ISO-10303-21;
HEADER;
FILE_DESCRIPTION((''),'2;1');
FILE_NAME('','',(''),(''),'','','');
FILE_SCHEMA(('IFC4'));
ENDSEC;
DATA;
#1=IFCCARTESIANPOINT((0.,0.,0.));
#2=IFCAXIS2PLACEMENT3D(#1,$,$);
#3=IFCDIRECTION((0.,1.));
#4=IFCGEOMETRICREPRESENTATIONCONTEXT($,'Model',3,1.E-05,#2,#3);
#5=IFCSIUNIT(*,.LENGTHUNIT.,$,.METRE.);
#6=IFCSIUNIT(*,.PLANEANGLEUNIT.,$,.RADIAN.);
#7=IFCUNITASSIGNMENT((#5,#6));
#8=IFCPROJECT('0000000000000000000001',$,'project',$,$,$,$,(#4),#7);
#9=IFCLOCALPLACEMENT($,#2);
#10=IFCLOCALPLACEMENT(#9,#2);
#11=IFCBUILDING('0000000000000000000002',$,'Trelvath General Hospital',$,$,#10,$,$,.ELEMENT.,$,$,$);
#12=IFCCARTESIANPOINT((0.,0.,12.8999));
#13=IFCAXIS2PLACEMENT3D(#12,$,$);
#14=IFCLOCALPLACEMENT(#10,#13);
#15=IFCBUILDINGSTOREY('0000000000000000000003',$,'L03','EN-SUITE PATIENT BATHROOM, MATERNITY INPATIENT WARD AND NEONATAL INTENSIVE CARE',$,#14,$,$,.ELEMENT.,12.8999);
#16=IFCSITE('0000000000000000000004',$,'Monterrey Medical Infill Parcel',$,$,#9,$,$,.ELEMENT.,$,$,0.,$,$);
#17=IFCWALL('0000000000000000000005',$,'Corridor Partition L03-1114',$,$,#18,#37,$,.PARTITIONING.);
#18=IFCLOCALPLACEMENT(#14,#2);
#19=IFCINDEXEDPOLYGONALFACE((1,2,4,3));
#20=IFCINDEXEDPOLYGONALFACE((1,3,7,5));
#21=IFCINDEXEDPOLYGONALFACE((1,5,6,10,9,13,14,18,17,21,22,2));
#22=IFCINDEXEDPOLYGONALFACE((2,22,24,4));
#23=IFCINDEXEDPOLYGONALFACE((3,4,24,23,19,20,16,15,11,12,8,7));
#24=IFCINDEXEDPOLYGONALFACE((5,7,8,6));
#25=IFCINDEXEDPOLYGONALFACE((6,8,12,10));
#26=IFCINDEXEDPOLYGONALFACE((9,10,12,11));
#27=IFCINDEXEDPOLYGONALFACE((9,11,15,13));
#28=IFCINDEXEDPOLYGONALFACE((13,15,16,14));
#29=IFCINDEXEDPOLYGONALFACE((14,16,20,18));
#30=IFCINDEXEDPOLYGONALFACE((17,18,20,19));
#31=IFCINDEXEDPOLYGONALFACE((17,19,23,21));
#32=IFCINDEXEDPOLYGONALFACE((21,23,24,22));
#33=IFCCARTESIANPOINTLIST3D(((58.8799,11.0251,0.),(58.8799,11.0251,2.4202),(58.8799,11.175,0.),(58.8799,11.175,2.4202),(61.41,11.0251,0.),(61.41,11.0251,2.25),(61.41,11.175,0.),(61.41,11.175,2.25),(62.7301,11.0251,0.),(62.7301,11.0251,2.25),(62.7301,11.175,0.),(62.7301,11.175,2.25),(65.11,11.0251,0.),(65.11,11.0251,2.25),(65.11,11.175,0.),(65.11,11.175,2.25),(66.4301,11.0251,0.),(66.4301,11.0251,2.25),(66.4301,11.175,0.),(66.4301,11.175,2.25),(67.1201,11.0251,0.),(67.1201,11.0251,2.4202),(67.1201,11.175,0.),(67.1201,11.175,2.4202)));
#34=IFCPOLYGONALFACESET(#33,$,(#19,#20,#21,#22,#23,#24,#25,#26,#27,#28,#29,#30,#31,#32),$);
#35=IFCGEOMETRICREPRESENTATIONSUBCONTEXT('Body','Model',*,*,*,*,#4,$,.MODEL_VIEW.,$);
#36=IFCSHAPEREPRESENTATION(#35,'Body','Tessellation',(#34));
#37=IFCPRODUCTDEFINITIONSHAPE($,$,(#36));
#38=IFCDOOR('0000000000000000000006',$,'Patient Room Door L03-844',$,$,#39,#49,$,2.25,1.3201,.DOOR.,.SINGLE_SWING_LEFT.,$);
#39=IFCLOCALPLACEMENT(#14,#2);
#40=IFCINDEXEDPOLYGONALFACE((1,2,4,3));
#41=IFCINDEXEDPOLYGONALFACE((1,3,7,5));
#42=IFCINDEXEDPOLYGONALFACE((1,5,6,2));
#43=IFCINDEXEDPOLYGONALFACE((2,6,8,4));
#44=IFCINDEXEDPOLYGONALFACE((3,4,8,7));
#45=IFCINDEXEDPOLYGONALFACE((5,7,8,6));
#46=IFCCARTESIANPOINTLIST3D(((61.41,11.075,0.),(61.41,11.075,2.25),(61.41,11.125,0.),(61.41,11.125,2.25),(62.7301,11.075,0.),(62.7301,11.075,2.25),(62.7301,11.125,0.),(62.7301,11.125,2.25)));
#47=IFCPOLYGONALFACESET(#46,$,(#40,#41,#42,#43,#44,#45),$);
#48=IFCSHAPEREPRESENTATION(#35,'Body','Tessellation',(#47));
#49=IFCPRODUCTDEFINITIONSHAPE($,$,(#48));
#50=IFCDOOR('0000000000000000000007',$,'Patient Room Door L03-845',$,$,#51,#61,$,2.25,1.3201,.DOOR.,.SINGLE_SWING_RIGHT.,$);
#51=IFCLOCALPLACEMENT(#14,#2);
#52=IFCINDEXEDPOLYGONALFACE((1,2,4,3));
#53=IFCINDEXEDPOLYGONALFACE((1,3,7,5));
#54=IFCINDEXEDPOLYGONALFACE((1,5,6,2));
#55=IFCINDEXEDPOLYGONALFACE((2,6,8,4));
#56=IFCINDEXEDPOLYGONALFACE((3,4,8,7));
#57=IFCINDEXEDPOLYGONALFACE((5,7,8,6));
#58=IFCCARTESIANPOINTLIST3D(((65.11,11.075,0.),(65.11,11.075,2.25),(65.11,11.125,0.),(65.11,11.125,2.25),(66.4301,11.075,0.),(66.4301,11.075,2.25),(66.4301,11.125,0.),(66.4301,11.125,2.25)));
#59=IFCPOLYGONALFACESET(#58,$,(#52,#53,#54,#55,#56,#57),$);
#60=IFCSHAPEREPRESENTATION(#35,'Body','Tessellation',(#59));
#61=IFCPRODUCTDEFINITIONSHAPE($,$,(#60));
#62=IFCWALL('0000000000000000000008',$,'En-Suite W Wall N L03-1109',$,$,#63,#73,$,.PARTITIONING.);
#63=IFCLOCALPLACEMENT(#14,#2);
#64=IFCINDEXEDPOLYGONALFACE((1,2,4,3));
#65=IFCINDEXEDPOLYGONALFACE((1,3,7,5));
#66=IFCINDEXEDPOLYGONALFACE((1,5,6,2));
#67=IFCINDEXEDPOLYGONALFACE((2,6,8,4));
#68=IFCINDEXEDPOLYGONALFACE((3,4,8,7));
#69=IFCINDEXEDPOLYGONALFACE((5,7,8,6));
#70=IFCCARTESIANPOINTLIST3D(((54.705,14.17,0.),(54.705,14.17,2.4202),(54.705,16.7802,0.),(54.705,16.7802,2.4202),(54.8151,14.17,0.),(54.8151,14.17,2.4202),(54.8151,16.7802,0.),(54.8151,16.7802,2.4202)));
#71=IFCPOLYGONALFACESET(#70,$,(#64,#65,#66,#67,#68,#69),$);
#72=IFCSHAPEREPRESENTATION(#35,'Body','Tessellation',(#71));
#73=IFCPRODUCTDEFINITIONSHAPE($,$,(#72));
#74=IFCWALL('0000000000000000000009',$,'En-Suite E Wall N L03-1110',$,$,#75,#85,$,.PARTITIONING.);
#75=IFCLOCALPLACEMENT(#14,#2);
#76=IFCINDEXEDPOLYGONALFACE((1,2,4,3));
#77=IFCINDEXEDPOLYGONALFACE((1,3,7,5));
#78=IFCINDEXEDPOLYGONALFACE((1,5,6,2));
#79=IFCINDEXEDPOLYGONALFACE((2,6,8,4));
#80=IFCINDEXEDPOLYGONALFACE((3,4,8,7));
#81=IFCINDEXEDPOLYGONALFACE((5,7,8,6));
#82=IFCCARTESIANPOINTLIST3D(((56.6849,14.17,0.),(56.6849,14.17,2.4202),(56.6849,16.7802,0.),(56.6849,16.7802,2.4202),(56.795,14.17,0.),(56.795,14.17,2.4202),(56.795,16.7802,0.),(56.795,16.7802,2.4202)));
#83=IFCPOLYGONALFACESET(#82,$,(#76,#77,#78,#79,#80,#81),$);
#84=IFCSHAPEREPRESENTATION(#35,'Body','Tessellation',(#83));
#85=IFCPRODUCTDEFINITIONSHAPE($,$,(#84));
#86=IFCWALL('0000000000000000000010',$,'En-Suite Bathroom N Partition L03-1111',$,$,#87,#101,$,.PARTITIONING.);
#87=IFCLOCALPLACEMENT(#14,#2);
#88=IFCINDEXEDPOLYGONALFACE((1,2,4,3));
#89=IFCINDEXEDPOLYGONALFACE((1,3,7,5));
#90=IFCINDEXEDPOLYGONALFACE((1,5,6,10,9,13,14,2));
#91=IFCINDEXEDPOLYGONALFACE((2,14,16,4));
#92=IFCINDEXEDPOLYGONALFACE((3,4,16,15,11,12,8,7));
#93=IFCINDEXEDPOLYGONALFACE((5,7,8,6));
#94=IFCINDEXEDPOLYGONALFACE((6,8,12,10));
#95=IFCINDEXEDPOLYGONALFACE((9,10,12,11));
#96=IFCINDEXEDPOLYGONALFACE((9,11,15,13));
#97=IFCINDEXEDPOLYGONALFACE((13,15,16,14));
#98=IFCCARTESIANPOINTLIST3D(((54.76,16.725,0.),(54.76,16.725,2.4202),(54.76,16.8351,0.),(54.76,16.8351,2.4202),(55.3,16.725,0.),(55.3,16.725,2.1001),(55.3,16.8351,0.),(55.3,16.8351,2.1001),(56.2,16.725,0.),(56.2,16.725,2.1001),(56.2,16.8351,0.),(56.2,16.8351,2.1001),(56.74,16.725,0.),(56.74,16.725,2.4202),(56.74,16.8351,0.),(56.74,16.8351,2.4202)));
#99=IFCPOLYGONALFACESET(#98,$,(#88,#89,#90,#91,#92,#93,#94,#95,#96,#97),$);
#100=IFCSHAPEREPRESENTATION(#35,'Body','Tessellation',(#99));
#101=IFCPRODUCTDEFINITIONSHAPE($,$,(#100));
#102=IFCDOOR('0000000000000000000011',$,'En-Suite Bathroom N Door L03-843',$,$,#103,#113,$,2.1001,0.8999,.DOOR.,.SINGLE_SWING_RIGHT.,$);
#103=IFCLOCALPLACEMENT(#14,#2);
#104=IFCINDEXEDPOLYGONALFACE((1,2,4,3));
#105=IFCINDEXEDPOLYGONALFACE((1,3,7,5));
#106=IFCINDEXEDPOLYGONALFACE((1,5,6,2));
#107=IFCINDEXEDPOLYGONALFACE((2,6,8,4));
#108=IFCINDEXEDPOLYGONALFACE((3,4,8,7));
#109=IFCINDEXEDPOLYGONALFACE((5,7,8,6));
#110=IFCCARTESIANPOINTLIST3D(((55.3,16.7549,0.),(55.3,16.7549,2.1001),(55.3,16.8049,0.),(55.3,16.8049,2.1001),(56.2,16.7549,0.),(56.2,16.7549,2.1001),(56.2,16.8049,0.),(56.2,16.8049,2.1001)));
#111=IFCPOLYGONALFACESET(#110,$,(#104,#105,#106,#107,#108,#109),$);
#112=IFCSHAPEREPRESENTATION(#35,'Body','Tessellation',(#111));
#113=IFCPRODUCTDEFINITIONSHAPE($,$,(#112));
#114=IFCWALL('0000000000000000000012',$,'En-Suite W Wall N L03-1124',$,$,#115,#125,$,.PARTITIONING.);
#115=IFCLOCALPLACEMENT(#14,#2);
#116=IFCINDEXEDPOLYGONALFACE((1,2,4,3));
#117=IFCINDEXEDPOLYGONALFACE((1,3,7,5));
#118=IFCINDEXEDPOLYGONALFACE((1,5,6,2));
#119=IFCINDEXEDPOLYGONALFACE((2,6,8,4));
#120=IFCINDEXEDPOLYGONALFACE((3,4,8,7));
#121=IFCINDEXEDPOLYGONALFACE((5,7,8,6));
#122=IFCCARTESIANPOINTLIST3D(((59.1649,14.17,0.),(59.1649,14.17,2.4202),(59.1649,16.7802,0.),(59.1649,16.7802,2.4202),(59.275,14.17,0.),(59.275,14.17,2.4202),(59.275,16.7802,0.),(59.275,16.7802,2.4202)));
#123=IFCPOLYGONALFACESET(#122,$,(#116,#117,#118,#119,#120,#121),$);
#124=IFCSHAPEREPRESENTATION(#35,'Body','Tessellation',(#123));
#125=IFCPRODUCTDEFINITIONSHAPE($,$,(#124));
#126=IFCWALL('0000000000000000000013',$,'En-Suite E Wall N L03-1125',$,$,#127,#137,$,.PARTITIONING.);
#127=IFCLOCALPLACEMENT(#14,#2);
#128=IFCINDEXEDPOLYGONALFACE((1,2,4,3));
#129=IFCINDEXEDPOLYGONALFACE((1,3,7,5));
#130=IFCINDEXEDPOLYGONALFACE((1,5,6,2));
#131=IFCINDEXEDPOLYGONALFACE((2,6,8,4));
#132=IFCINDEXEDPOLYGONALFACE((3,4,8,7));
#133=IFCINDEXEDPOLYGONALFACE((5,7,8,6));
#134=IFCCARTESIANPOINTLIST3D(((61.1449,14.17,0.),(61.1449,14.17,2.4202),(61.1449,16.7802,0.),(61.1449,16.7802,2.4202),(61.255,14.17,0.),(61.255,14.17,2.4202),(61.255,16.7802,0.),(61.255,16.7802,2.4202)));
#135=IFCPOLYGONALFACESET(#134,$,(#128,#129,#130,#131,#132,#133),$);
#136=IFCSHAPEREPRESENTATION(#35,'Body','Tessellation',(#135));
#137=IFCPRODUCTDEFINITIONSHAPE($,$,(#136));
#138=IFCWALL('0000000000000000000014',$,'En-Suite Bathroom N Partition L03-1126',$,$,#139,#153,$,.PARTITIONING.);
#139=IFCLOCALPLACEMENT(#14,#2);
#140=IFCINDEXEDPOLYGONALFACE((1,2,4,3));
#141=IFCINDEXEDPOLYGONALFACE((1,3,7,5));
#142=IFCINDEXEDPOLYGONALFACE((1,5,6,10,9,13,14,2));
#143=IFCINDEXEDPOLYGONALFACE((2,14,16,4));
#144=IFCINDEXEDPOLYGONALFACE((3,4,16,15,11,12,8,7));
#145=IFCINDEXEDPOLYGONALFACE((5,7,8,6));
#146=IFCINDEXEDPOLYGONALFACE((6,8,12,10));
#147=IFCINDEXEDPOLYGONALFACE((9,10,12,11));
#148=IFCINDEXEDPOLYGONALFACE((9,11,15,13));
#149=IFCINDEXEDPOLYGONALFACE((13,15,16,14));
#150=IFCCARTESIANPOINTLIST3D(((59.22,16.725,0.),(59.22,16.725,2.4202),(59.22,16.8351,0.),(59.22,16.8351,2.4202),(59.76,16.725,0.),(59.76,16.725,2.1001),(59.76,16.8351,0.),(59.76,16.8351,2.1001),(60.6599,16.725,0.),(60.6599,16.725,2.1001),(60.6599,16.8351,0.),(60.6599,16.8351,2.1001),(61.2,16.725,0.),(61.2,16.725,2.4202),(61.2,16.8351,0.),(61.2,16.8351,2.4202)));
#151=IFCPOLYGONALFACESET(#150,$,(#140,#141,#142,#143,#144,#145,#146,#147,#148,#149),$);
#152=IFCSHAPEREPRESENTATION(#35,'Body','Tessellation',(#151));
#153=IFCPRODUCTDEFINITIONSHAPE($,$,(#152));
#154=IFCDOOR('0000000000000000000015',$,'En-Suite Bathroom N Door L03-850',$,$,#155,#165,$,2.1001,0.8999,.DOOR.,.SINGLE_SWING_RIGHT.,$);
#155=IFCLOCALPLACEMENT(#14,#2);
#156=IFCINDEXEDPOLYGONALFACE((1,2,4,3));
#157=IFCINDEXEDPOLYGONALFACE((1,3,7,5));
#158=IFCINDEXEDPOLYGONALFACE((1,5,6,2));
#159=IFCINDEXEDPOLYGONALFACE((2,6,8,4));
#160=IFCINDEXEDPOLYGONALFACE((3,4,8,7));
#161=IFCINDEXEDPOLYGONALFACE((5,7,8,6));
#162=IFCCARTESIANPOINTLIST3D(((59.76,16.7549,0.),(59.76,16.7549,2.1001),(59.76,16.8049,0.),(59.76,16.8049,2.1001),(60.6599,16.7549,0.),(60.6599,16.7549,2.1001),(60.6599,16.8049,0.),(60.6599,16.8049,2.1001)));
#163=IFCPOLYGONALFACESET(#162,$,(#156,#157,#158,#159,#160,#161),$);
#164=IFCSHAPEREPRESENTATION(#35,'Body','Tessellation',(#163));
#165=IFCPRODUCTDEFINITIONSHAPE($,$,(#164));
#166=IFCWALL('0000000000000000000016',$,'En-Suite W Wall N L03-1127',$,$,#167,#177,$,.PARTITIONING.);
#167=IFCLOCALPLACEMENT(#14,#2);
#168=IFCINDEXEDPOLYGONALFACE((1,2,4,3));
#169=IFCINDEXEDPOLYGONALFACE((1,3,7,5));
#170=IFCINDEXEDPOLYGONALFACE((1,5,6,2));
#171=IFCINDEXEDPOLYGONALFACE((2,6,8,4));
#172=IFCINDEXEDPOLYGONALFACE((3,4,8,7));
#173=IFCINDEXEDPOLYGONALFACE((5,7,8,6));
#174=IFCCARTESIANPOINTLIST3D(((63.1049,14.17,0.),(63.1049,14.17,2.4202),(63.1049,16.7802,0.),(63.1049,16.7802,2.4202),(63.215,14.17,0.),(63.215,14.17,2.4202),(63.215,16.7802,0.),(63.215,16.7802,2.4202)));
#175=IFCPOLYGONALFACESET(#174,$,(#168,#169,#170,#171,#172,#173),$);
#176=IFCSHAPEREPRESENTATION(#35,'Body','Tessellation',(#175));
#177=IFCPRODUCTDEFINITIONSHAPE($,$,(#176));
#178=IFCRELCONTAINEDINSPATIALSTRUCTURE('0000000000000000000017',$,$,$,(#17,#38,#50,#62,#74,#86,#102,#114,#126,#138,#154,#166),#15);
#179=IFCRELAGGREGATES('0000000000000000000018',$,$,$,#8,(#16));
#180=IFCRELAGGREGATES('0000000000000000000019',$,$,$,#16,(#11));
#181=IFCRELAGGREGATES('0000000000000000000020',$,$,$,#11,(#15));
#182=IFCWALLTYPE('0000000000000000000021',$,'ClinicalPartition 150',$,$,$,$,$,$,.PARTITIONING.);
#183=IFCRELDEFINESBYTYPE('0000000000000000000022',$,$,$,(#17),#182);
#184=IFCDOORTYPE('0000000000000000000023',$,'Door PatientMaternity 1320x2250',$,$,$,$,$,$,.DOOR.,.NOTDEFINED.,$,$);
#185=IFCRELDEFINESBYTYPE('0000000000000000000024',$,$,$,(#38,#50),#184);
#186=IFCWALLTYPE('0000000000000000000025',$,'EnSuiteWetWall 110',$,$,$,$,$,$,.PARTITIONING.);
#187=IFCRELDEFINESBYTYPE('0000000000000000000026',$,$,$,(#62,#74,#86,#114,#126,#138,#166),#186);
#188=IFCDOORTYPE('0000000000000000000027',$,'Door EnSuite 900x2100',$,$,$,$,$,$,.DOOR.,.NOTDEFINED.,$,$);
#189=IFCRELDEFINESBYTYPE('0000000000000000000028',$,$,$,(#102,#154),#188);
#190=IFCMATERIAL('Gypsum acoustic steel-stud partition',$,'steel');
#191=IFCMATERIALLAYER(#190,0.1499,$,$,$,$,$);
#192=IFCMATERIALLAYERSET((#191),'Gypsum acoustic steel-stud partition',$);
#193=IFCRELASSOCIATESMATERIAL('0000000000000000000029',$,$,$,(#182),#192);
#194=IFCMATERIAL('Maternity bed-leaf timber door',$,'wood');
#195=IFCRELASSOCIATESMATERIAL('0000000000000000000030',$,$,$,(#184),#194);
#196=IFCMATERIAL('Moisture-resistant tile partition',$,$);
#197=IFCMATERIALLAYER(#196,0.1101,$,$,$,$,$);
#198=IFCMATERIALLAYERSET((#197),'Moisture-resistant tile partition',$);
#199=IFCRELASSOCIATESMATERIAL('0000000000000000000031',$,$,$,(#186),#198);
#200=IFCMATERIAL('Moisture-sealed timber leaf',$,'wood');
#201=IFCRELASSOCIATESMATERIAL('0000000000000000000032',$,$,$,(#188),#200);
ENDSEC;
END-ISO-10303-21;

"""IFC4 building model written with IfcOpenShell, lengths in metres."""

from ifc_helpers import new_model, si_unit, direction, frame, frame_2d, origin, place, context, subcontext, project, spatial, rectangle, extrude, material, layer, layer_set, type_object, element, fill, save


model = new_model("IFC4")

# Units and contexts
model_context = context("Model", 3, precision=1e-05, world=origin(), true_north=direction((0.0, 1.0)))
body_context = subcontext(model_context, "Body", "Model", "MODEL_VIEW")
ifc_project = project(units=[si_unit("LENGTHUNIT", "METRE"), si_unit("PLANEANGLEUNIT", "RADIAN")], contexts=[model_context])

# Site, building, storey
site_placement = place(None, origin())
site = spatial("IfcSite", under=ifc_project, at=site_placement, Name="Monterrey Medical Infill Parcel", CompositionType="ELEMENT", RefElevation=0.0)
building_placement = place(site_placement, origin())
building = spatial("IfcBuilding", under=site, at=building_placement, Name="Trelvath General Hospital", CompositionType="ELEMENT")
storey_placement = place(building_placement, frame((0.0, 0.0, 12.8999)))
storey = spatial("IfcBuildingStorey", under=building, at=storey_placement, Name="L03", Description="EN-SUITE PATIENT BATHROOM, MATERNITY INPATIENT WARD AND NEONATAL INTENSIVE CARE", CompositionType="ELEMENT", Elevation=12.8999)

# Wall, openings, doors
ifc_material_1 = material(Name="Gypsum acoustic steel-stud partition", Category="steel")
ifc_layer_1 = layer(ifc_material_1, 0.1499)
ifc_layer_set_1 = layer_set([ifc_layer_1], Name="Gypsum acoustic steel-stud partition")
wall_type_1 = type_object("IfcWallType", Name="ClinicalPartition 150", PredefinedType="PARTITIONING", material=ifc_layer_set_1)
ifc_material_2 = material(Name="Maternity bed-leaf timber door", Category="wood")
door_type_1 = type_object("IfcDoorType", Name="Door PatientMaternity 1320x2250", OperationType="NOTDEFINED", PredefinedType="DOOR", material=ifc_material_2)
wall_1_placement = place(storey_placement, frame((58.8799, 11.1001, 0.0), z_axis=(0.0, 0.0, 1.0), x_axis=(1.0, 0.0, 0.0)))
wall_1 = element("IfcWall", 1, at=wall_1_placement, inside=storey, type_object=wall_type_1, Name="Corridor Partition L03-1114", PredefinedType="PARTITIONING", context=body_context, shape_type="SweptSolid", body=[
    extrude(rectangle(XDim=8.2402, YDim=0.1499, at=frame_2d((4.1201, 0.0))), origin(), (0.0, 0.0, 1.0), 2.4202),
])
opening_1_placement = place(wall_1_placement, frame((2.53, 0.0, 0.0)))
opening_1 = element("IfcOpeningElement", 2, at=opening_1_placement, cuts=wall_1, PredefinedType="OPENING", context=body_context, shape_type="SweptSolid", body=[
    extrude(rectangle(XDim=1.3201, YDim=2.25, at=frame_2d((0.6602, 1.125))), frame((0.0, 0.085, 0.0), z_axis=(0.0, -1.0, 0.0), x_axis=(1.0, 0.0, 0.0)), (0.0, 0.0, 1.0), 0.1699),
])
opening_2_placement = place(wall_1_placement, frame((6.23, 0.0, 0.0)))
opening_2 = element("IfcOpeningElement", 3, at=opening_2_placement, cuts=wall_1, PredefinedType="OPENING", context=body_context, shape_type="SweptSolid", body=[
    extrude(rectangle(XDim=1.3201, YDim=2.25, at=frame_2d((0.6602, 1.125))), frame((0.0, 0.085, 0.0), z_axis=(0.0, -1.0, 0.0), x_axis=(1.0, 0.0, 0.0)), (0.0, 0.0, 1.0), 0.1699),
])
door_1_placement = place(opening_1_placement, origin())
door_1 = element("IfcDoor", 4, at=door_1_placement, inside=storey, type_object=door_type_1, Name="Patient Room Door L03-844", OperationType="SINGLE_SWING_LEFT", OverallHeight=2.25, OverallWidth=1.3201, PredefinedType="DOOR", context=body_context, shape_type="SweptSolid", body=[
    extrude(rectangle(XDim=1.3201, YDim=2.25, at=frame_2d((0.6602, 1.125))), frame((0.0, 0.0249, 0.0), z_axis=(0.0, -1.0, 0.0), x_axis=(1.0, 0.0, 0.0)), (0.0, 0.0, 1.0), 0.05),
])
fill(opening_1, door_1)
door_2_placement = place(opening_2_placement, origin())
door_2 = element("IfcDoor", 5, at=door_2_placement, inside=storey, type_object=door_type_1, Name="Patient Room Door L03-845", OperationType="SINGLE_SWING_RIGHT", OverallHeight=2.25, OverallWidth=1.3201, PredefinedType="DOOR", context=body_context, shape_type="SweptSolid", body=[
    extrude(rectangle(XDim=1.3201, YDim=2.25, at=frame_2d((0.6602, 1.125))), frame((0.0, 0.0249, 0.0), z_axis=(0.0, -1.0, 0.0), x_axis=(1.0, 0.0, 0.0)), (0.0, 0.0, 1.0), 0.05),
])
fill(opening_2, door_2)

# Walls
ifc_material_3 = material(Name="Moisture-resistant tile partition")
ifc_layer_2 = layer(ifc_material_3, 0.1101)
ifc_layer_set_2 = layer_set([ifc_layer_2], Name="Moisture-resistant tile partition")
wall_type_2 = type_object("IfcWallType", Name="EnSuiteWetWall 110", PredefinedType="PARTITIONING", material=ifc_layer_set_2)
for number, where, z_axis, x_axis, name in (
    (6, (54.76, 14.1699, 0.0), (0.0, 0.0, 1.0), (0.0, 1.0, 0.0), "En-Suite W Wall N L03-1109"),
    (7, (56.74, 14.1699, 0.0), (0.0, 0.0, 1.0), (0.0, 1.0, 0.0), "En-Suite E Wall N L03-1110"),
):
    element("IfcWall", number, at=place(storey_placement, frame(where, z_axis=z_axis, x_axis=x_axis)), inside=storey, type_object=wall_type_2, Name=name, PredefinedType="PARTITIONING", context=body_context, shape_type="SweptSolid", body=[
        extrude(rectangle(XDim=2.6101, YDim=0.1101, at=frame_2d((1.3052, 0.0))), origin(), (0.0, 0.0, 1.0), 2.4202),
    ])

# Wall, opening, door
wall_2_placement = place(storey_placement, frame((54.76, 16.78, 0.0), z_axis=(0.0, 0.0, 1.0), x_axis=(1.0, 0.0, 0.0)))
wall_2 = element("IfcWall", 8, at=wall_2_placement, inside=storey, type_object=wall_type_2, Name="En-Suite Bathroom N Partition L03-1111", PredefinedType="PARTITIONING", context=body_context, shape_type="SweptSolid", body=[
    extrude(rectangle(XDim=1.98, YDim=0.1101, at=frame_2d((0.99, 0.0))), origin(), (0.0, 0.0, 1.0), 2.4202),
])
opening_3_placement = place(wall_2_placement, frame((0.54, 0.0, 0.0)))
opening_3 = element("IfcOpeningElement", 9, at=opening_3_placement, cuts=wall_2, PredefinedType="OPENING", context=body_context, shape_type="SweptSolid", body=[
    extrude(rectangle(XDim=0.8999, YDim=2.1001, at=frame_2d((0.45, 1.05))), frame((0.0, 0.0649, 0.0), z_axis=(0.0, -1.0, 0.0), x_axis=(1.0, 0.0, 0.0)), (0.0, 0.0, 1.0), 0.1301),
])
ifc_material_4 = material(Name="Moisture-sealed timber leaf", Category="wood")
door_type_2 = type_object("IfcDoorType", Name="Door EnSuite 900x2100", OperationType="NOTDEFINED", PredefinedType="DOOR", material=ifc_material_4)
door_3_placement = place(opening_3_placement, origin())
door_3 = element("IfcDoor", 10, at=door_3_placement, inside=storey, type_object=door_type_2, Name="En-Suite Bathroom N Door L03-843", OperationType="SINGLE_SWING_RIGHT", OverallHeight=2.1001, OverallWidth=0.8999, PredefinedType="DOOR", context=body_context, shape_type="SweptSolid", body=[
    extrude(rectangle(XDim=0.8999, YDim=2.1001, at=frame_2d((0.45, 1.05))), frame((0.0, 0.0249, 0.0), z_axis=(0.0, -1.0, 0.0), x_axis=(1.0, 0.0, 0.0)), (0.0, 0.0, 1.0), 0.05),
])
fill(opening_3, door_3)

# Walls
for number, where, z_axis, x_axis, name in (
    (11, (59.22, 14.1699, 0.0), (0.0, 0.0, 1.0), (0.0, 1.0, 0.0), "En-Suite W Wall N L03-1124"),
    (12, (61.2, 14.1699, 0.0), (0.0, 0.0, 1.0), (0.0, 1.0, 0.0), "En-Suite E Wall N L03-1125"),
):
    element("IfcWall", number, at=place(storey_placement, frame(where, z_axis=z_axis, x_axis=x_axis)), inside=storey, type_object=wall_type_2, Name=name, PredefinedType="PARTITIONING", context=body_context, shape_type="SweptSolid", body=[
        extrude(rectangle(XDim=2.6101, YDim=0.1101, at=frame_2d((1.3052, 0.0))), origin(), (0.0, 0.0, 1.0), 2.4202),
    ])

# Wall, opening, door
wall_3_placement = place(storey_placement, frame((59.22, 16.78, 0.0), z_axis=(0.0, 0.0, 1.0), x_axis=(1.0, 0.0, 0.0)))
wall_3 = element("IfcWall", 13, at=wall_3_placement, inside=storey, type_object=wall_type_2, Name="En-Suite Bathroom N Partition L03-1126", PredefinedType="PARTITIONING", context=body_context, shape_type="SweptSolid", body=[
    extrude(rectangle(XDim=1.98, YDim=0.1101, at=frame_2d((0.99, 0.0))), origin(), (0.0, 0.0, 1.0), 2.4202),
])
opening_4_placement = place(wall_3_placement, frame((0.54, 0.0, 0.0)))
opening_4 = element("IfcOpeningElement", 14, at=opening_4_placement, cuts=wall_3, PredefinedType="OPENING", context=body_context, shape_type="SweptSolid", body=[
    extrude(rectangle(XDim=0.8999, YDim=2.1001, at=frame_2d((0.45, 1.05))), frame((0.0, 0.0649, 0.0), z_axis=(0.0, -1.0, 0.0), x_axis=(1.0, 0.0, 0.0)), (0.0, 0.0, 1.0), 0.1301),
])
door_4_placement = place(opening_4_placement, origin())
door_4 = element("IfcDoor", 15, at=door_4_placement, inside=storey, type_object=door_type_2, Name="En-Suite Bathroom N Door L03-850", OperationType="SINGLE_SWING_RIGHT", OverallHeight=2.1001, OverallWidth=0.8999, PredefinedType="DOOR", context=body_context, shape_type="SweptSolid", body=[
    extrude(rectangle(XDim=0.8999, YDim=2.1001, at=frame_2d((0.45, 1.05))), frame((0.0, 0.0249, 0.0), z_axis=(0.0, -1.0, 0.0), x_axis=(1.0, 0.0, 0.0)), (0.0, 0.0, 1.0), 0.05),
])
fill(opening_4, door_4)

# Wall
wall_4_placement = place(storey_placement, frame((63.1599, 14.1699, 0.0), z_axis=(0.0, 0.0, 1.0), x_axis=(0.0, 1.0, 0.0)))
element("IfcWall", 16, at=wall_4_placement, inside=storey, type_object=wall_type_2, Name="En-Suite W Wall N L03-1127", PredefinedType="PARTITIONING", context=body_context, shape_type="SweptSolid", body=[
    extrude(rectangle(XDim=2.6101, YDim=0.1101, at=frame_2d((1.3052, 0.0))), origin(), (0.0, 0.0, 1.0), 2.4202),
])

save(model, "model.ifc")
